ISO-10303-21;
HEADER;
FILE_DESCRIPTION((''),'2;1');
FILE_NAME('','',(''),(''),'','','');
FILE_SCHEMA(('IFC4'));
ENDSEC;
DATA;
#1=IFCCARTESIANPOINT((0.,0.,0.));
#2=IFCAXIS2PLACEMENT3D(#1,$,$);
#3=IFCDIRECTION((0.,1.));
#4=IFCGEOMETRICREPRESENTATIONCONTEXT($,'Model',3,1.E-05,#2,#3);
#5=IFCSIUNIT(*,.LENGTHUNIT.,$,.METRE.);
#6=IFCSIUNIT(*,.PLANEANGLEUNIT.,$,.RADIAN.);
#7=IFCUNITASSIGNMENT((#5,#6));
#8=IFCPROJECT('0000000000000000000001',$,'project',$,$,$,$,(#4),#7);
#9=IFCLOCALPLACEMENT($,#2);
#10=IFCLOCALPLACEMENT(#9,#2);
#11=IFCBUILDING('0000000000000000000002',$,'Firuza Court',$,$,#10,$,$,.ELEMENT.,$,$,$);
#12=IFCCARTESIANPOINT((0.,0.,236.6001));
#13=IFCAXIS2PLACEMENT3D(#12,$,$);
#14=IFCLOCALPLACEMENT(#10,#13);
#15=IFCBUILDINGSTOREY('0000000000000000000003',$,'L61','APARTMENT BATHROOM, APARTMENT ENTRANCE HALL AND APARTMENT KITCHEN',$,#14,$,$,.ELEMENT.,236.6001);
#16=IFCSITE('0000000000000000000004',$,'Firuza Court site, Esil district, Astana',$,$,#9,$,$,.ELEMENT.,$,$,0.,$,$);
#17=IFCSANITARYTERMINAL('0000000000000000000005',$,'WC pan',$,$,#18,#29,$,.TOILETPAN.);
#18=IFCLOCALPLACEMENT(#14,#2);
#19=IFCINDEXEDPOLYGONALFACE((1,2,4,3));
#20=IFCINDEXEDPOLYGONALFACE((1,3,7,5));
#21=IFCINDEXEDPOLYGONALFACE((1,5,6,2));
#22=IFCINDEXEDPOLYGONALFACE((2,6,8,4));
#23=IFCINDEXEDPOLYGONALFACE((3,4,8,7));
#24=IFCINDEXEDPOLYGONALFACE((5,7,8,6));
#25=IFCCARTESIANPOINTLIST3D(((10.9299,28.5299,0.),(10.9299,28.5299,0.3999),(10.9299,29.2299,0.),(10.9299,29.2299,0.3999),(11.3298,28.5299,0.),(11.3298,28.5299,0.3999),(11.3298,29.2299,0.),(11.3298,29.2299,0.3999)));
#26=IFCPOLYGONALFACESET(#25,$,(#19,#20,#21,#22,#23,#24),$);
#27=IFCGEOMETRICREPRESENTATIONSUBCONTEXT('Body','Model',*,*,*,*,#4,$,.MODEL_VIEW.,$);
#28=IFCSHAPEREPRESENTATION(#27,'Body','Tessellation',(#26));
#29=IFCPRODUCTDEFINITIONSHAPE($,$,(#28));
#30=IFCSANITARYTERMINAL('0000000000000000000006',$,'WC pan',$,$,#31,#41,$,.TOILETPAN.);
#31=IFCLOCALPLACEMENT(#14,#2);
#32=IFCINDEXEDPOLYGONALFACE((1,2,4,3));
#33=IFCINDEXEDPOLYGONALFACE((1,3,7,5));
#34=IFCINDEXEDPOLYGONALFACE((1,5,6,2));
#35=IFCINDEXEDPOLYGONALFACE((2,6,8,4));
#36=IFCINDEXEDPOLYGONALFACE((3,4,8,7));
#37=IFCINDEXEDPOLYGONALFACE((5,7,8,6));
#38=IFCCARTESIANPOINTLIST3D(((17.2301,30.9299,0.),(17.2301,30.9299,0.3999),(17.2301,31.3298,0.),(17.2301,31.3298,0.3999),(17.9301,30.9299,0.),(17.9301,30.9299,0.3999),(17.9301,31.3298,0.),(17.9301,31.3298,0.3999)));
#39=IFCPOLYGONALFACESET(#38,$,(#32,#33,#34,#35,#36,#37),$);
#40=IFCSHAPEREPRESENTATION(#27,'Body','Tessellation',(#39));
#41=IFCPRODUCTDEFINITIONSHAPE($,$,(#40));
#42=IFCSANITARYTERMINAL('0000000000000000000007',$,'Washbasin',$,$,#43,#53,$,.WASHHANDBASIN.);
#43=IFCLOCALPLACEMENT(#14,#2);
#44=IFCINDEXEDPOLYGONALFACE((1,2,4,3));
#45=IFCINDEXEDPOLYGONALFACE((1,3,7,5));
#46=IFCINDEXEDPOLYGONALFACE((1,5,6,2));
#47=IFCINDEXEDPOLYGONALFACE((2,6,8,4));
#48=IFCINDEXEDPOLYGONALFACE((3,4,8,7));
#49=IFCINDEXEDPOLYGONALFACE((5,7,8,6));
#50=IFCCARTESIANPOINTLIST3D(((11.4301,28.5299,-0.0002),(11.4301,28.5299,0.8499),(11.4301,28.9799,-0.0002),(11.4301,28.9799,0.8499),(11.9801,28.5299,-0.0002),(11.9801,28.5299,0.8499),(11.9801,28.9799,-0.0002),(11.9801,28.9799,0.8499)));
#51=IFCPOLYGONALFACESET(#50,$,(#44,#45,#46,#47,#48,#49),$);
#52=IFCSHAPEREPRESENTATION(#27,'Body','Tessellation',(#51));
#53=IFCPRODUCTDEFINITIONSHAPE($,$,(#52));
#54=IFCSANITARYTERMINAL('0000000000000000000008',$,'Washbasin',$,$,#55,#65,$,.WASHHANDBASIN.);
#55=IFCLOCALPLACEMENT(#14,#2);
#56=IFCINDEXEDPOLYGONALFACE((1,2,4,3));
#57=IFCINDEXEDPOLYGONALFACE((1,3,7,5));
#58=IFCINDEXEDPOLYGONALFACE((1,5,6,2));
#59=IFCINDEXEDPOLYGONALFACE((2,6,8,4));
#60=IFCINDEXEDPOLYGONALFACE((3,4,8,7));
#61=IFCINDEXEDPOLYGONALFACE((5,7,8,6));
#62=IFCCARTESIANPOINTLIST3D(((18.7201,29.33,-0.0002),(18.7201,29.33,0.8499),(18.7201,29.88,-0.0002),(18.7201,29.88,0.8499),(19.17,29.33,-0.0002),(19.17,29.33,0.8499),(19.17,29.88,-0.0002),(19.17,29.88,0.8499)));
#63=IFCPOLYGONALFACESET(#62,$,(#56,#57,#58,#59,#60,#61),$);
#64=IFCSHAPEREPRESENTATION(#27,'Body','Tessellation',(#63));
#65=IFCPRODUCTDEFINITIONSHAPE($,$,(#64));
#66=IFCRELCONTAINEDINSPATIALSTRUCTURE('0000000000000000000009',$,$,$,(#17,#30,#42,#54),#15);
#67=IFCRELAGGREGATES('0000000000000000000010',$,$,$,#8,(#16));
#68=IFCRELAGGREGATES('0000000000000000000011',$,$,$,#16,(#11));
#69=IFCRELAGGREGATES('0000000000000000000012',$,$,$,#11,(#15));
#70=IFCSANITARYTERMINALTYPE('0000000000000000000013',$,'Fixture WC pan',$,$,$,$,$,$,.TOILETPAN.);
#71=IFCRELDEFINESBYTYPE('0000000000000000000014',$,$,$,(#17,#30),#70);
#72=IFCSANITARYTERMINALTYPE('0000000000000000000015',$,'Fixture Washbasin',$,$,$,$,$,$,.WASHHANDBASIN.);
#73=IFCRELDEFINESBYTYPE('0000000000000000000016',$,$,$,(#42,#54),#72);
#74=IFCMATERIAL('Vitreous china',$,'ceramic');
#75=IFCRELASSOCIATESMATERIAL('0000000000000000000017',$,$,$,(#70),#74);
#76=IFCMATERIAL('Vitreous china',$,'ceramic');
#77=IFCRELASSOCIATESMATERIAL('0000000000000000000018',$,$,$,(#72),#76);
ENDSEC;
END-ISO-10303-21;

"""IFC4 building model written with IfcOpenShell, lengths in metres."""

from ifc_helpers import new_model, si_unit, direction, frame, origin, origin_2d, place, context, subcontext, project, spatial, rectangle, extrude, material, type_object, element, save


model = new_model("IFC4")

# Units and contexts
model_context = context("Model", 3, precision=1e-05, world=origin(), true_north=direction((0.0, 1.0)))
body_context = subcontext(model_context, "Body", "Model", "MODEL_VIEW")
ifc_project = project(units=[si_unit("LENGTHUNIT", "METRE"), si_unit("PLANEANGLEUNIT", "RADIAN")], contexts=[model_context])

# Site, building, storey
site_placement = place(None, origin())
site = spatial("IfcSite", under=ifc_project, at=site_placement, Name="Firuza Court site, Esil district, Astana", CompositionType="ELEMENT", RefElevation=0.0)
building_placement = place(site_placement, origin())
building = spatial("IfcBuilding", under=site, at=building_placement, Name="Firuza Court", CompositionType="ELEMENT")
storey_placement = place(building_placement, frame((0.0, 0.0, 236.6001)))
storey = spatial("IfcBuildingStorey", under=building, at=storey_placement, Name="L61", Description="APARTMENT BATHROOM, APARTMENT ENTRANCE HALL AND APARTMENT KITCHEN", CompositionType="ELEMENT", Elevation=236.6001)

# Sanitary terminals
ifc_material_1 = material(Name="Vitreous china", Category="ceramic")
sanitary_terminal_type_1 = type_object("IfcSanitaryTerminalType", Name="Fixture WC pan", PredefinedType="TOILETPAN", material=ifc_material_1)
sanitary_terminal_1_placement = place(storey_placement, frame((11.1299, 28.8799, 0.0), z_axis=(0.0, 0.0, 1.0), x_axis=(1.0, 0.0, 0.0)))
element("IfcSanitaryTerminal", 1, at=sanitary_terminal_1_placement, inside=storey, type_object=sanitary_terminal_type_1, Name="WC pan", PredefinedType="TOILETPAN", context=body_context, shape_type="SweptSolid", body=[
    extrude(rectangle(XDim=0.3999, YDim=0.7, at=origin_2d()), origin(), (0.0, 0.0, 1.0), 0.3999),
])
sanitary_terminal_2_placement = place(storey_placement, frame((17.5801, 31.1299, 0.0), z_axis=(0.0, 0.0, 1.0), x_axis=(1.0, 0.0, 0.0)))
element("IfcSanitaryTerminal", 2, at=sanitary_terminal_2_placement, inside=storey, type_object=sanitary_terminal_type_1, Name="WC pan", PredefinedType="TOILETPAN", context=body_context, shape_type="SweptSolid", body=[
    extrude(rectangle(XDim=0.7, YDim=0.3999, at=origin_2d()), origin(), (0.0, 0.0, 1.0), 0.3999),
])
ifc_material_2 = material(Name="Vitreous china", Category="ceramic")
sanitary_terminal_type_2 = type_object("IfcSanitaryTerminalType", Name="Fixture Washbasin", PredefinedType="WASHHANDBASIN", material=ifc_material_2)
sanitary_terminal_3_placement = place(storey_placement, frame((11.7051, 28.7549, -0.0002), z_axis=(0.0, 0.0, 1.0), x_axis=(1.0, 0.0, 0.0)))
element("IfcSanitaryTerminal", 3, at=sanitary_terminal_3_placement, inside=storey, type_object=sanitary_terminal_type_2, Name="Washbasin", PredefinedType="WASHHANDBASIN", context=body_context, shape_type="SweptSolid", body=[
    extrude(rectangle(XDim=0.55, YDim=0.45, at=origin_2d()), origin(), (0.0, 0.0, 1.0), 0.8501),
])
sanitary_terminal_4_placement = place(storey_placement, frame((18.9451, 29.605, -0.0002), z_axis=(0.0, 0.0, 1.0), x_axis=(1.0, 0.0, 0.0)))
element("IfcSanitaryTerminal", 4, at=sanitary_terminal_4_placement, inside=storey, type_object=sanitary_terminal_type_2, Name="Washbasin", PredefinedType="WASHHANDBASIN", context=body_context, shape_type="SweptSolid", body=[
    extrude(rectangle(XDim=0.45, YDim=0.55, at=origin_2d()), origin(), (0.0, 0.0, 1.0), 0.8501),
])

save(model, "model.ifc")
